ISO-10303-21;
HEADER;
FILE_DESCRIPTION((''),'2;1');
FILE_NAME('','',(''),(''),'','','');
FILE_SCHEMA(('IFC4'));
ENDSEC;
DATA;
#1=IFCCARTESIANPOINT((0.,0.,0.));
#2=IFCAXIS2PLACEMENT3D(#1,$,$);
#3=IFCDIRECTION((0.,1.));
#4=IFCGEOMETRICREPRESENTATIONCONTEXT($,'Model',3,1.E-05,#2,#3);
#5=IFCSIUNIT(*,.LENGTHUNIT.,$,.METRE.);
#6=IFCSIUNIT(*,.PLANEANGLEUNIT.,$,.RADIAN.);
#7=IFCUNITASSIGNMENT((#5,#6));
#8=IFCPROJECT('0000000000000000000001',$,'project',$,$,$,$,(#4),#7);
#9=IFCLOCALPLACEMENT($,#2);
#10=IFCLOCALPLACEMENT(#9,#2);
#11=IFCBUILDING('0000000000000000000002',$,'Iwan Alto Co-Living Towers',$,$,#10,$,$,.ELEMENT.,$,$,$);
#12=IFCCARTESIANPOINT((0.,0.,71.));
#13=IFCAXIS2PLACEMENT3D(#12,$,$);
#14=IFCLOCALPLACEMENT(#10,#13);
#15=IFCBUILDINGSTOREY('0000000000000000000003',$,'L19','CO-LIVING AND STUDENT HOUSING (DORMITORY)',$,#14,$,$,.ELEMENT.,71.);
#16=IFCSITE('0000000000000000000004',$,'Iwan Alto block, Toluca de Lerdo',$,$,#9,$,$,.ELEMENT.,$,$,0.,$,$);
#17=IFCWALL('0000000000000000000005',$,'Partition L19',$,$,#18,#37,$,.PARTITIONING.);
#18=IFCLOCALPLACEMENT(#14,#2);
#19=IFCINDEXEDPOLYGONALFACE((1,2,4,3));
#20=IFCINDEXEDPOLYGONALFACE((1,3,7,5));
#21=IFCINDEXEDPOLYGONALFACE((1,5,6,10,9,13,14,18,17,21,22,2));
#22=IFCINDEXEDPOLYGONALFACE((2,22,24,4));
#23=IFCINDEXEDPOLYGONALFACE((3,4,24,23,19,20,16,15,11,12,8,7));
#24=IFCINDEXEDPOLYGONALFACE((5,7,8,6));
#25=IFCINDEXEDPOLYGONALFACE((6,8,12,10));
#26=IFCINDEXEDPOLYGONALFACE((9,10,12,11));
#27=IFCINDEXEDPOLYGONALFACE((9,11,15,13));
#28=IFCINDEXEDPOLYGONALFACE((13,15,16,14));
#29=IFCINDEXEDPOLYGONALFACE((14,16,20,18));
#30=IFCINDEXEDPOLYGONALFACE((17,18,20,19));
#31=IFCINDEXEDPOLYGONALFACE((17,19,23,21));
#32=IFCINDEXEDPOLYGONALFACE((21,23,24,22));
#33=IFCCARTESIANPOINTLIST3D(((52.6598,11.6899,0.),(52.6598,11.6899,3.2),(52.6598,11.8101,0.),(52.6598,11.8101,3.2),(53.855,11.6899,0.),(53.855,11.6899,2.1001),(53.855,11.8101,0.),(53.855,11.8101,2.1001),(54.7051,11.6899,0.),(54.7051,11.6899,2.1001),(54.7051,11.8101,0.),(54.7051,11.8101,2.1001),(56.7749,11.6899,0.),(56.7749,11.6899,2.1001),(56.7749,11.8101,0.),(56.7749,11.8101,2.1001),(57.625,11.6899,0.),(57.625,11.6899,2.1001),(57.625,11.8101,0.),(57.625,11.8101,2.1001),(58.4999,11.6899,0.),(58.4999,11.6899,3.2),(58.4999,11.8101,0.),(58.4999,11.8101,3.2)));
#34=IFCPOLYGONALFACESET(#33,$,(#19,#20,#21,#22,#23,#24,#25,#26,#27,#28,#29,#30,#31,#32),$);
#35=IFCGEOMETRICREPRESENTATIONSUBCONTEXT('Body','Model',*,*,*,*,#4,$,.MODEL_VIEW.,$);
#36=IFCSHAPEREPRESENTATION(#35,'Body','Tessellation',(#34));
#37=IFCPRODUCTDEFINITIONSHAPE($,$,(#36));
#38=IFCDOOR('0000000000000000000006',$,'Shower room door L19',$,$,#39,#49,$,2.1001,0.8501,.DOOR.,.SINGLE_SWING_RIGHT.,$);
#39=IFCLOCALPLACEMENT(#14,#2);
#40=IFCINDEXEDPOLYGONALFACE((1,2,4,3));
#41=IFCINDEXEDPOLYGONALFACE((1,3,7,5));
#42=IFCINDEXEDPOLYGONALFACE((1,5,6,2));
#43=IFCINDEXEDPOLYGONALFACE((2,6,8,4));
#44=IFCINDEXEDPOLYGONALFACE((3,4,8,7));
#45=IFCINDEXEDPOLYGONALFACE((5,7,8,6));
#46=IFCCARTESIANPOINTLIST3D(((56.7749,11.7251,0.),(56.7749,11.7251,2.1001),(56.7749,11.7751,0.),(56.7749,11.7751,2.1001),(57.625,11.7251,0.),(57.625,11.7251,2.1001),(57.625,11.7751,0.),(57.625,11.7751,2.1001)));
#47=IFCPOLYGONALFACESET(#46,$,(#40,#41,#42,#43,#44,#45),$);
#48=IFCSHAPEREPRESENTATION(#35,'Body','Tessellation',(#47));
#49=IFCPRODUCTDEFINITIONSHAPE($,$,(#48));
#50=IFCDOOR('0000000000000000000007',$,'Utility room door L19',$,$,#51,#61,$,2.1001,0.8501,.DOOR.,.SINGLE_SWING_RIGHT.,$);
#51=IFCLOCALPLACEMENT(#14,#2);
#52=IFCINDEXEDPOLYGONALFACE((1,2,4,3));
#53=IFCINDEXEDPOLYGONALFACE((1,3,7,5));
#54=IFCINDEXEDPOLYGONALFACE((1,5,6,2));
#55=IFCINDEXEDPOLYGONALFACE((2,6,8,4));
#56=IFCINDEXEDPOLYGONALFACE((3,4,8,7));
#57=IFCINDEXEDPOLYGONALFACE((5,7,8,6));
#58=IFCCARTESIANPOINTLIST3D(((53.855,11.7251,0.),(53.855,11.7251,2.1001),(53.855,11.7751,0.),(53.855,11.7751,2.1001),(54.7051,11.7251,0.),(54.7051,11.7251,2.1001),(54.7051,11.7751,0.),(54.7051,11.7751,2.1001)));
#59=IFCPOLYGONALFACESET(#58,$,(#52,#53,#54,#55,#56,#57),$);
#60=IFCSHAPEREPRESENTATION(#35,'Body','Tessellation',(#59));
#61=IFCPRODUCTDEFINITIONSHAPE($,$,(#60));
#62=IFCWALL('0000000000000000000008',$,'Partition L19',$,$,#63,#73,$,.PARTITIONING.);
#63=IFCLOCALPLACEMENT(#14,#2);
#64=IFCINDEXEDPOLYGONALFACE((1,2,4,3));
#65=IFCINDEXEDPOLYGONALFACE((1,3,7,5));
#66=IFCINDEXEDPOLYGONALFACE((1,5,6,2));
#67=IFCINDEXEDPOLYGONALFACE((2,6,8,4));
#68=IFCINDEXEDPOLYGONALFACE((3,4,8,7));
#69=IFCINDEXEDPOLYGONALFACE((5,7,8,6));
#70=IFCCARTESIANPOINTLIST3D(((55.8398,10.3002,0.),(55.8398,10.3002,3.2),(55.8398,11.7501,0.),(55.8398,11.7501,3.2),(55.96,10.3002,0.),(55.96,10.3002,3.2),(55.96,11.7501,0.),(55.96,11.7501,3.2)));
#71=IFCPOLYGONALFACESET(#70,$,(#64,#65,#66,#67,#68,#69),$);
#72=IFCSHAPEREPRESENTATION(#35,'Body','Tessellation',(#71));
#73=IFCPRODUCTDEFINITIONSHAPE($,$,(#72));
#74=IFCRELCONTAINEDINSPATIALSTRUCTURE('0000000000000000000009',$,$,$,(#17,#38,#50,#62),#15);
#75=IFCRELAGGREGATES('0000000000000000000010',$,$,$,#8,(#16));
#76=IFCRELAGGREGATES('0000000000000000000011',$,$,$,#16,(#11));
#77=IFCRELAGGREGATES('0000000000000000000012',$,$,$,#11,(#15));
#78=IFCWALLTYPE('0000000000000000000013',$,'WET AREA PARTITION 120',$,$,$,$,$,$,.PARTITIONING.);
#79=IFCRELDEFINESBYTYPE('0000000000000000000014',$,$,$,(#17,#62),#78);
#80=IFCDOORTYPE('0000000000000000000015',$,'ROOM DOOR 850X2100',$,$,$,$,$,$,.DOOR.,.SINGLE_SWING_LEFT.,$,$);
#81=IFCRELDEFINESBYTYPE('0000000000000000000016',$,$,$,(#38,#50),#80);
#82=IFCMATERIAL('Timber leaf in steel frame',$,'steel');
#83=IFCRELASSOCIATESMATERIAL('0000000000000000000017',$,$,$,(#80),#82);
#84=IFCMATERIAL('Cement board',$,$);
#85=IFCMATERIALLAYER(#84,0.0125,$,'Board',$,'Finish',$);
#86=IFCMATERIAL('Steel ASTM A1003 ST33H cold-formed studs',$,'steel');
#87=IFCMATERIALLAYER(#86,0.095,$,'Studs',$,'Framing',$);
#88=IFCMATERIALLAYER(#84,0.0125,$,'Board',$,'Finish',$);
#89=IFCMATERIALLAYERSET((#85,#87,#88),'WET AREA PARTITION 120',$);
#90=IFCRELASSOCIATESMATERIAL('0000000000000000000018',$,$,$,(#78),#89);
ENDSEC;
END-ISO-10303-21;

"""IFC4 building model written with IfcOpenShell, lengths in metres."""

from ifc_helpers import new_model, si_unit, direction, frame, frame_2d, origin, place, context, subcontext, project, spatial, rectangle, extrude, material, layer, layer_set, type_object, element, fill, save


model = new_model("IFC4")

# Units and contexts
model_context = context("Model", 3, precision=1e-05, world=origin(), true_north=direction((0.0, 1.0)))
body_context = subcontext(model_context, "Body", "Model", "MODEL_VIEW")
ifc_project = project(units=[si_unit("LENGTHUNIT", "METRE"), si_unit("PLANEANGLEUNIT", "RADIAN")], contexts=[model_context])

# Site, building, storey
site_placement = place(None, origin())
site = spatial("IfcSite", under=ifc_project, at=site_placement, Name="Iwan Alto block, Toluca de Lerdo", CompositionType="ELEMENT", RefElevation=0.0)
building_placement = place(site_placement, origin())
building = spatial("IfcBuilding", under=site, at=building_placement, Name="Iwan Alto Co-Living Towers", CompositionType="ELEMENT")
storey_placement = place(building_placement, frame((0.0, 0.0, 71.0)))
storey = spatial("IfcBuildingStorey", under=building, at=storey_placement, Name="L19", Description="CO-LIVING AND STUDENT HOUSING (DORMITORY)", CompositionType="ELEMENT", Elevation=71.0)

# Shared definitions
ifc_material_1 = material(Name="Steel ASTM A1003 ST33H cold-formed studs", Category="steel")
ifc_material_2 = material(Name="Timber leaf in steel frame", Category="steel")
door_type_1 = type_object("IfcDoorType", Name="ROOM DOOR 850X2100", OperationType="SINGLE_SWING_LEFT", PredefinedType="DOOR", material=ifc_material_2)

# Wall, openings, doors
ifc_material_3 = material(Name="Cement board")
ifc_layer_1 = layer(ifc_material_3, 0.0125, Name="Board", Category="Finish")
ifc_layer_2 = layer(ifc_material_1, 0.095, Name="Studs", Category="Framing")
ifc_layer_3 = layer(ifc_material_3, 0.0125, Name="Board", Category="Finish")
ifc_layer_set_1 = layer_set([ifc_layer_1, ifc_layer_2, ifc_layer_3], Name="WET AREA PARTITION 120")
wall_type_1 = type_object("IfcWallType", Name="WET AREA PARTITION 120", PredefinedType="PARTITIONING", material=ifc_layer_set_1)
wall_1_placement = place(storey_placement, frame((52.6599, 11.75, 0.0), z_axis=(0.0, 0.0, 1.0), x_axis=(1.0, 0.0, 0.0)))
wall_1 = element("IfcWall", 1, at=wall_1_placement, inside=storey, type_object=wall_type_1, Name="Partition L19", PredefinedType="PARTITIONING", context=body_context, shape_type="SweptSolid", body=[
    extrude(rectangle(XDim=5.8401, YDim=0.1201, at=frame_2d((2.9199, 0.0))), origin(), (0.0, 0.0, 1.0), 3.2),
])
opening_1_placement = place(wall_1_placement, frame((4.115, 0.0, 0.0)))
opening_1 = element("IfcOpeningElement", 2, at=opening_1_placement, cuts=wall_1, PredefinedType="OPENING", context=body_context, shape_type="SweptSolid", body=[
    extrude(rectangle(XDim=0.8501, YDim=2.1001, at=frame_2d((0.425, 1.05))), frame((0.0, 0.0701, 0.0), z_axis=(0.0, -1.0, 0.0), x_axis=(1.0, 0.0, 0.0)), (0.0, 0.0, 1.0), 0.1401),
])
opening_2_placement = place(wall_1_placement, frame((1.1951, 0.0, 0.0)))
opening_2 = element("IfcOpeningElement", 3, at=opening_2_placement, cuts=wall_1, PredefinedType="OPENING", context=body_context, shape_type="SweptSolid", body=[
    extrude(rectangle(XDim=0.8501, YDim=2.1001, at=frame_2d((0.425, 1.05))), frame((0.0, 0.0701, 0.0), z_axis=(0.0, -1.0, 0.0), x_axis=(1.0, 0.0, 0.0)), (0.0, 0.0, 1.0), 0.1401),
])
door_1_placement = place(opening_1_placement, frame((0.8501, 0.0, 0.0), z_axis=(0.0, 0.0, 1.0), x_axis=(-1.0, 0.0, 0.0)))
door_1 = element("IfcDoor", 4, at=door_1_placement, inside=storey, type_object=door_type_1, Name="Shower room door L19", OperationType="SINGLE_SWING_RIGHT", OverallHeight=2.1001, OverallWidth=0.8501, PredefinedType="DOOR", context=body_context, shape_type="SweptSolid", body=[
    extrude(rectangle(XDim=0.8501, YDim=2.1001, at=frame_2d((0.425, 1.05))), frame((0.0, 0.0249, 0.0), z_axis=(0.0, -1.0, 0.0), x_axis=(1.0, 0.0, 0.0)), (0.0, 0.0, 1.0), 0.05),
])
fill(opening_1, door_1)
door_2_placement = place(opening_2_placement, frame((0.8501, 0.0, 0.0), z_axis=(0.0, 0.0, 1.0), x_axis=(-1.0, 0.0, 0.0)))
door_2 = element("IfcDoor", 5, at=door_2_placement, inside=storey, type_object=door_type_1, Name="Utility room door L19", OperationType="SINGLE_SWING_RIGHT", OverallHeight=2.1001, OverallWidth=0.8501, PredefinedType="DOOR", context=body_context, shape_type="SweptSolid", body=[
    extrude(rectangle(XDim=0.8501, YDim=2.1001, at=frame_2d((0.425, 1.05))), frame((0.0, 0.0249, 0.0), z_axis=(0.0, -1.0, 0.0), x_axis=(1.0, 0.0, 0.0)), (0.0, 0.0, 1.0), 0.05),
])
fill(opening_2, door_2)

# Wall
wall_2_placement = place(storey_placement, frame((55.8999, 10.3, 0.0), z_axis=(0.0, 0.0, 1.0), x_axis=(0.0, 1.0, 0.0)))
element("IfcWall", 6, at=wall_2_placement, inside=storey, type_object=wall_type_1, Name="Partition L19", PredefinedType="PARTITIONING", context=body_context, shape_type="SweptSolid", body=[
    extrude(rectangle(XDim=1.45, YDim=0.1201, at=frame_2d((0.7251, 0.0))), origin(), (0.0, 0.0, 1.0), 3.2),
])

save(model, "model.ifc")
